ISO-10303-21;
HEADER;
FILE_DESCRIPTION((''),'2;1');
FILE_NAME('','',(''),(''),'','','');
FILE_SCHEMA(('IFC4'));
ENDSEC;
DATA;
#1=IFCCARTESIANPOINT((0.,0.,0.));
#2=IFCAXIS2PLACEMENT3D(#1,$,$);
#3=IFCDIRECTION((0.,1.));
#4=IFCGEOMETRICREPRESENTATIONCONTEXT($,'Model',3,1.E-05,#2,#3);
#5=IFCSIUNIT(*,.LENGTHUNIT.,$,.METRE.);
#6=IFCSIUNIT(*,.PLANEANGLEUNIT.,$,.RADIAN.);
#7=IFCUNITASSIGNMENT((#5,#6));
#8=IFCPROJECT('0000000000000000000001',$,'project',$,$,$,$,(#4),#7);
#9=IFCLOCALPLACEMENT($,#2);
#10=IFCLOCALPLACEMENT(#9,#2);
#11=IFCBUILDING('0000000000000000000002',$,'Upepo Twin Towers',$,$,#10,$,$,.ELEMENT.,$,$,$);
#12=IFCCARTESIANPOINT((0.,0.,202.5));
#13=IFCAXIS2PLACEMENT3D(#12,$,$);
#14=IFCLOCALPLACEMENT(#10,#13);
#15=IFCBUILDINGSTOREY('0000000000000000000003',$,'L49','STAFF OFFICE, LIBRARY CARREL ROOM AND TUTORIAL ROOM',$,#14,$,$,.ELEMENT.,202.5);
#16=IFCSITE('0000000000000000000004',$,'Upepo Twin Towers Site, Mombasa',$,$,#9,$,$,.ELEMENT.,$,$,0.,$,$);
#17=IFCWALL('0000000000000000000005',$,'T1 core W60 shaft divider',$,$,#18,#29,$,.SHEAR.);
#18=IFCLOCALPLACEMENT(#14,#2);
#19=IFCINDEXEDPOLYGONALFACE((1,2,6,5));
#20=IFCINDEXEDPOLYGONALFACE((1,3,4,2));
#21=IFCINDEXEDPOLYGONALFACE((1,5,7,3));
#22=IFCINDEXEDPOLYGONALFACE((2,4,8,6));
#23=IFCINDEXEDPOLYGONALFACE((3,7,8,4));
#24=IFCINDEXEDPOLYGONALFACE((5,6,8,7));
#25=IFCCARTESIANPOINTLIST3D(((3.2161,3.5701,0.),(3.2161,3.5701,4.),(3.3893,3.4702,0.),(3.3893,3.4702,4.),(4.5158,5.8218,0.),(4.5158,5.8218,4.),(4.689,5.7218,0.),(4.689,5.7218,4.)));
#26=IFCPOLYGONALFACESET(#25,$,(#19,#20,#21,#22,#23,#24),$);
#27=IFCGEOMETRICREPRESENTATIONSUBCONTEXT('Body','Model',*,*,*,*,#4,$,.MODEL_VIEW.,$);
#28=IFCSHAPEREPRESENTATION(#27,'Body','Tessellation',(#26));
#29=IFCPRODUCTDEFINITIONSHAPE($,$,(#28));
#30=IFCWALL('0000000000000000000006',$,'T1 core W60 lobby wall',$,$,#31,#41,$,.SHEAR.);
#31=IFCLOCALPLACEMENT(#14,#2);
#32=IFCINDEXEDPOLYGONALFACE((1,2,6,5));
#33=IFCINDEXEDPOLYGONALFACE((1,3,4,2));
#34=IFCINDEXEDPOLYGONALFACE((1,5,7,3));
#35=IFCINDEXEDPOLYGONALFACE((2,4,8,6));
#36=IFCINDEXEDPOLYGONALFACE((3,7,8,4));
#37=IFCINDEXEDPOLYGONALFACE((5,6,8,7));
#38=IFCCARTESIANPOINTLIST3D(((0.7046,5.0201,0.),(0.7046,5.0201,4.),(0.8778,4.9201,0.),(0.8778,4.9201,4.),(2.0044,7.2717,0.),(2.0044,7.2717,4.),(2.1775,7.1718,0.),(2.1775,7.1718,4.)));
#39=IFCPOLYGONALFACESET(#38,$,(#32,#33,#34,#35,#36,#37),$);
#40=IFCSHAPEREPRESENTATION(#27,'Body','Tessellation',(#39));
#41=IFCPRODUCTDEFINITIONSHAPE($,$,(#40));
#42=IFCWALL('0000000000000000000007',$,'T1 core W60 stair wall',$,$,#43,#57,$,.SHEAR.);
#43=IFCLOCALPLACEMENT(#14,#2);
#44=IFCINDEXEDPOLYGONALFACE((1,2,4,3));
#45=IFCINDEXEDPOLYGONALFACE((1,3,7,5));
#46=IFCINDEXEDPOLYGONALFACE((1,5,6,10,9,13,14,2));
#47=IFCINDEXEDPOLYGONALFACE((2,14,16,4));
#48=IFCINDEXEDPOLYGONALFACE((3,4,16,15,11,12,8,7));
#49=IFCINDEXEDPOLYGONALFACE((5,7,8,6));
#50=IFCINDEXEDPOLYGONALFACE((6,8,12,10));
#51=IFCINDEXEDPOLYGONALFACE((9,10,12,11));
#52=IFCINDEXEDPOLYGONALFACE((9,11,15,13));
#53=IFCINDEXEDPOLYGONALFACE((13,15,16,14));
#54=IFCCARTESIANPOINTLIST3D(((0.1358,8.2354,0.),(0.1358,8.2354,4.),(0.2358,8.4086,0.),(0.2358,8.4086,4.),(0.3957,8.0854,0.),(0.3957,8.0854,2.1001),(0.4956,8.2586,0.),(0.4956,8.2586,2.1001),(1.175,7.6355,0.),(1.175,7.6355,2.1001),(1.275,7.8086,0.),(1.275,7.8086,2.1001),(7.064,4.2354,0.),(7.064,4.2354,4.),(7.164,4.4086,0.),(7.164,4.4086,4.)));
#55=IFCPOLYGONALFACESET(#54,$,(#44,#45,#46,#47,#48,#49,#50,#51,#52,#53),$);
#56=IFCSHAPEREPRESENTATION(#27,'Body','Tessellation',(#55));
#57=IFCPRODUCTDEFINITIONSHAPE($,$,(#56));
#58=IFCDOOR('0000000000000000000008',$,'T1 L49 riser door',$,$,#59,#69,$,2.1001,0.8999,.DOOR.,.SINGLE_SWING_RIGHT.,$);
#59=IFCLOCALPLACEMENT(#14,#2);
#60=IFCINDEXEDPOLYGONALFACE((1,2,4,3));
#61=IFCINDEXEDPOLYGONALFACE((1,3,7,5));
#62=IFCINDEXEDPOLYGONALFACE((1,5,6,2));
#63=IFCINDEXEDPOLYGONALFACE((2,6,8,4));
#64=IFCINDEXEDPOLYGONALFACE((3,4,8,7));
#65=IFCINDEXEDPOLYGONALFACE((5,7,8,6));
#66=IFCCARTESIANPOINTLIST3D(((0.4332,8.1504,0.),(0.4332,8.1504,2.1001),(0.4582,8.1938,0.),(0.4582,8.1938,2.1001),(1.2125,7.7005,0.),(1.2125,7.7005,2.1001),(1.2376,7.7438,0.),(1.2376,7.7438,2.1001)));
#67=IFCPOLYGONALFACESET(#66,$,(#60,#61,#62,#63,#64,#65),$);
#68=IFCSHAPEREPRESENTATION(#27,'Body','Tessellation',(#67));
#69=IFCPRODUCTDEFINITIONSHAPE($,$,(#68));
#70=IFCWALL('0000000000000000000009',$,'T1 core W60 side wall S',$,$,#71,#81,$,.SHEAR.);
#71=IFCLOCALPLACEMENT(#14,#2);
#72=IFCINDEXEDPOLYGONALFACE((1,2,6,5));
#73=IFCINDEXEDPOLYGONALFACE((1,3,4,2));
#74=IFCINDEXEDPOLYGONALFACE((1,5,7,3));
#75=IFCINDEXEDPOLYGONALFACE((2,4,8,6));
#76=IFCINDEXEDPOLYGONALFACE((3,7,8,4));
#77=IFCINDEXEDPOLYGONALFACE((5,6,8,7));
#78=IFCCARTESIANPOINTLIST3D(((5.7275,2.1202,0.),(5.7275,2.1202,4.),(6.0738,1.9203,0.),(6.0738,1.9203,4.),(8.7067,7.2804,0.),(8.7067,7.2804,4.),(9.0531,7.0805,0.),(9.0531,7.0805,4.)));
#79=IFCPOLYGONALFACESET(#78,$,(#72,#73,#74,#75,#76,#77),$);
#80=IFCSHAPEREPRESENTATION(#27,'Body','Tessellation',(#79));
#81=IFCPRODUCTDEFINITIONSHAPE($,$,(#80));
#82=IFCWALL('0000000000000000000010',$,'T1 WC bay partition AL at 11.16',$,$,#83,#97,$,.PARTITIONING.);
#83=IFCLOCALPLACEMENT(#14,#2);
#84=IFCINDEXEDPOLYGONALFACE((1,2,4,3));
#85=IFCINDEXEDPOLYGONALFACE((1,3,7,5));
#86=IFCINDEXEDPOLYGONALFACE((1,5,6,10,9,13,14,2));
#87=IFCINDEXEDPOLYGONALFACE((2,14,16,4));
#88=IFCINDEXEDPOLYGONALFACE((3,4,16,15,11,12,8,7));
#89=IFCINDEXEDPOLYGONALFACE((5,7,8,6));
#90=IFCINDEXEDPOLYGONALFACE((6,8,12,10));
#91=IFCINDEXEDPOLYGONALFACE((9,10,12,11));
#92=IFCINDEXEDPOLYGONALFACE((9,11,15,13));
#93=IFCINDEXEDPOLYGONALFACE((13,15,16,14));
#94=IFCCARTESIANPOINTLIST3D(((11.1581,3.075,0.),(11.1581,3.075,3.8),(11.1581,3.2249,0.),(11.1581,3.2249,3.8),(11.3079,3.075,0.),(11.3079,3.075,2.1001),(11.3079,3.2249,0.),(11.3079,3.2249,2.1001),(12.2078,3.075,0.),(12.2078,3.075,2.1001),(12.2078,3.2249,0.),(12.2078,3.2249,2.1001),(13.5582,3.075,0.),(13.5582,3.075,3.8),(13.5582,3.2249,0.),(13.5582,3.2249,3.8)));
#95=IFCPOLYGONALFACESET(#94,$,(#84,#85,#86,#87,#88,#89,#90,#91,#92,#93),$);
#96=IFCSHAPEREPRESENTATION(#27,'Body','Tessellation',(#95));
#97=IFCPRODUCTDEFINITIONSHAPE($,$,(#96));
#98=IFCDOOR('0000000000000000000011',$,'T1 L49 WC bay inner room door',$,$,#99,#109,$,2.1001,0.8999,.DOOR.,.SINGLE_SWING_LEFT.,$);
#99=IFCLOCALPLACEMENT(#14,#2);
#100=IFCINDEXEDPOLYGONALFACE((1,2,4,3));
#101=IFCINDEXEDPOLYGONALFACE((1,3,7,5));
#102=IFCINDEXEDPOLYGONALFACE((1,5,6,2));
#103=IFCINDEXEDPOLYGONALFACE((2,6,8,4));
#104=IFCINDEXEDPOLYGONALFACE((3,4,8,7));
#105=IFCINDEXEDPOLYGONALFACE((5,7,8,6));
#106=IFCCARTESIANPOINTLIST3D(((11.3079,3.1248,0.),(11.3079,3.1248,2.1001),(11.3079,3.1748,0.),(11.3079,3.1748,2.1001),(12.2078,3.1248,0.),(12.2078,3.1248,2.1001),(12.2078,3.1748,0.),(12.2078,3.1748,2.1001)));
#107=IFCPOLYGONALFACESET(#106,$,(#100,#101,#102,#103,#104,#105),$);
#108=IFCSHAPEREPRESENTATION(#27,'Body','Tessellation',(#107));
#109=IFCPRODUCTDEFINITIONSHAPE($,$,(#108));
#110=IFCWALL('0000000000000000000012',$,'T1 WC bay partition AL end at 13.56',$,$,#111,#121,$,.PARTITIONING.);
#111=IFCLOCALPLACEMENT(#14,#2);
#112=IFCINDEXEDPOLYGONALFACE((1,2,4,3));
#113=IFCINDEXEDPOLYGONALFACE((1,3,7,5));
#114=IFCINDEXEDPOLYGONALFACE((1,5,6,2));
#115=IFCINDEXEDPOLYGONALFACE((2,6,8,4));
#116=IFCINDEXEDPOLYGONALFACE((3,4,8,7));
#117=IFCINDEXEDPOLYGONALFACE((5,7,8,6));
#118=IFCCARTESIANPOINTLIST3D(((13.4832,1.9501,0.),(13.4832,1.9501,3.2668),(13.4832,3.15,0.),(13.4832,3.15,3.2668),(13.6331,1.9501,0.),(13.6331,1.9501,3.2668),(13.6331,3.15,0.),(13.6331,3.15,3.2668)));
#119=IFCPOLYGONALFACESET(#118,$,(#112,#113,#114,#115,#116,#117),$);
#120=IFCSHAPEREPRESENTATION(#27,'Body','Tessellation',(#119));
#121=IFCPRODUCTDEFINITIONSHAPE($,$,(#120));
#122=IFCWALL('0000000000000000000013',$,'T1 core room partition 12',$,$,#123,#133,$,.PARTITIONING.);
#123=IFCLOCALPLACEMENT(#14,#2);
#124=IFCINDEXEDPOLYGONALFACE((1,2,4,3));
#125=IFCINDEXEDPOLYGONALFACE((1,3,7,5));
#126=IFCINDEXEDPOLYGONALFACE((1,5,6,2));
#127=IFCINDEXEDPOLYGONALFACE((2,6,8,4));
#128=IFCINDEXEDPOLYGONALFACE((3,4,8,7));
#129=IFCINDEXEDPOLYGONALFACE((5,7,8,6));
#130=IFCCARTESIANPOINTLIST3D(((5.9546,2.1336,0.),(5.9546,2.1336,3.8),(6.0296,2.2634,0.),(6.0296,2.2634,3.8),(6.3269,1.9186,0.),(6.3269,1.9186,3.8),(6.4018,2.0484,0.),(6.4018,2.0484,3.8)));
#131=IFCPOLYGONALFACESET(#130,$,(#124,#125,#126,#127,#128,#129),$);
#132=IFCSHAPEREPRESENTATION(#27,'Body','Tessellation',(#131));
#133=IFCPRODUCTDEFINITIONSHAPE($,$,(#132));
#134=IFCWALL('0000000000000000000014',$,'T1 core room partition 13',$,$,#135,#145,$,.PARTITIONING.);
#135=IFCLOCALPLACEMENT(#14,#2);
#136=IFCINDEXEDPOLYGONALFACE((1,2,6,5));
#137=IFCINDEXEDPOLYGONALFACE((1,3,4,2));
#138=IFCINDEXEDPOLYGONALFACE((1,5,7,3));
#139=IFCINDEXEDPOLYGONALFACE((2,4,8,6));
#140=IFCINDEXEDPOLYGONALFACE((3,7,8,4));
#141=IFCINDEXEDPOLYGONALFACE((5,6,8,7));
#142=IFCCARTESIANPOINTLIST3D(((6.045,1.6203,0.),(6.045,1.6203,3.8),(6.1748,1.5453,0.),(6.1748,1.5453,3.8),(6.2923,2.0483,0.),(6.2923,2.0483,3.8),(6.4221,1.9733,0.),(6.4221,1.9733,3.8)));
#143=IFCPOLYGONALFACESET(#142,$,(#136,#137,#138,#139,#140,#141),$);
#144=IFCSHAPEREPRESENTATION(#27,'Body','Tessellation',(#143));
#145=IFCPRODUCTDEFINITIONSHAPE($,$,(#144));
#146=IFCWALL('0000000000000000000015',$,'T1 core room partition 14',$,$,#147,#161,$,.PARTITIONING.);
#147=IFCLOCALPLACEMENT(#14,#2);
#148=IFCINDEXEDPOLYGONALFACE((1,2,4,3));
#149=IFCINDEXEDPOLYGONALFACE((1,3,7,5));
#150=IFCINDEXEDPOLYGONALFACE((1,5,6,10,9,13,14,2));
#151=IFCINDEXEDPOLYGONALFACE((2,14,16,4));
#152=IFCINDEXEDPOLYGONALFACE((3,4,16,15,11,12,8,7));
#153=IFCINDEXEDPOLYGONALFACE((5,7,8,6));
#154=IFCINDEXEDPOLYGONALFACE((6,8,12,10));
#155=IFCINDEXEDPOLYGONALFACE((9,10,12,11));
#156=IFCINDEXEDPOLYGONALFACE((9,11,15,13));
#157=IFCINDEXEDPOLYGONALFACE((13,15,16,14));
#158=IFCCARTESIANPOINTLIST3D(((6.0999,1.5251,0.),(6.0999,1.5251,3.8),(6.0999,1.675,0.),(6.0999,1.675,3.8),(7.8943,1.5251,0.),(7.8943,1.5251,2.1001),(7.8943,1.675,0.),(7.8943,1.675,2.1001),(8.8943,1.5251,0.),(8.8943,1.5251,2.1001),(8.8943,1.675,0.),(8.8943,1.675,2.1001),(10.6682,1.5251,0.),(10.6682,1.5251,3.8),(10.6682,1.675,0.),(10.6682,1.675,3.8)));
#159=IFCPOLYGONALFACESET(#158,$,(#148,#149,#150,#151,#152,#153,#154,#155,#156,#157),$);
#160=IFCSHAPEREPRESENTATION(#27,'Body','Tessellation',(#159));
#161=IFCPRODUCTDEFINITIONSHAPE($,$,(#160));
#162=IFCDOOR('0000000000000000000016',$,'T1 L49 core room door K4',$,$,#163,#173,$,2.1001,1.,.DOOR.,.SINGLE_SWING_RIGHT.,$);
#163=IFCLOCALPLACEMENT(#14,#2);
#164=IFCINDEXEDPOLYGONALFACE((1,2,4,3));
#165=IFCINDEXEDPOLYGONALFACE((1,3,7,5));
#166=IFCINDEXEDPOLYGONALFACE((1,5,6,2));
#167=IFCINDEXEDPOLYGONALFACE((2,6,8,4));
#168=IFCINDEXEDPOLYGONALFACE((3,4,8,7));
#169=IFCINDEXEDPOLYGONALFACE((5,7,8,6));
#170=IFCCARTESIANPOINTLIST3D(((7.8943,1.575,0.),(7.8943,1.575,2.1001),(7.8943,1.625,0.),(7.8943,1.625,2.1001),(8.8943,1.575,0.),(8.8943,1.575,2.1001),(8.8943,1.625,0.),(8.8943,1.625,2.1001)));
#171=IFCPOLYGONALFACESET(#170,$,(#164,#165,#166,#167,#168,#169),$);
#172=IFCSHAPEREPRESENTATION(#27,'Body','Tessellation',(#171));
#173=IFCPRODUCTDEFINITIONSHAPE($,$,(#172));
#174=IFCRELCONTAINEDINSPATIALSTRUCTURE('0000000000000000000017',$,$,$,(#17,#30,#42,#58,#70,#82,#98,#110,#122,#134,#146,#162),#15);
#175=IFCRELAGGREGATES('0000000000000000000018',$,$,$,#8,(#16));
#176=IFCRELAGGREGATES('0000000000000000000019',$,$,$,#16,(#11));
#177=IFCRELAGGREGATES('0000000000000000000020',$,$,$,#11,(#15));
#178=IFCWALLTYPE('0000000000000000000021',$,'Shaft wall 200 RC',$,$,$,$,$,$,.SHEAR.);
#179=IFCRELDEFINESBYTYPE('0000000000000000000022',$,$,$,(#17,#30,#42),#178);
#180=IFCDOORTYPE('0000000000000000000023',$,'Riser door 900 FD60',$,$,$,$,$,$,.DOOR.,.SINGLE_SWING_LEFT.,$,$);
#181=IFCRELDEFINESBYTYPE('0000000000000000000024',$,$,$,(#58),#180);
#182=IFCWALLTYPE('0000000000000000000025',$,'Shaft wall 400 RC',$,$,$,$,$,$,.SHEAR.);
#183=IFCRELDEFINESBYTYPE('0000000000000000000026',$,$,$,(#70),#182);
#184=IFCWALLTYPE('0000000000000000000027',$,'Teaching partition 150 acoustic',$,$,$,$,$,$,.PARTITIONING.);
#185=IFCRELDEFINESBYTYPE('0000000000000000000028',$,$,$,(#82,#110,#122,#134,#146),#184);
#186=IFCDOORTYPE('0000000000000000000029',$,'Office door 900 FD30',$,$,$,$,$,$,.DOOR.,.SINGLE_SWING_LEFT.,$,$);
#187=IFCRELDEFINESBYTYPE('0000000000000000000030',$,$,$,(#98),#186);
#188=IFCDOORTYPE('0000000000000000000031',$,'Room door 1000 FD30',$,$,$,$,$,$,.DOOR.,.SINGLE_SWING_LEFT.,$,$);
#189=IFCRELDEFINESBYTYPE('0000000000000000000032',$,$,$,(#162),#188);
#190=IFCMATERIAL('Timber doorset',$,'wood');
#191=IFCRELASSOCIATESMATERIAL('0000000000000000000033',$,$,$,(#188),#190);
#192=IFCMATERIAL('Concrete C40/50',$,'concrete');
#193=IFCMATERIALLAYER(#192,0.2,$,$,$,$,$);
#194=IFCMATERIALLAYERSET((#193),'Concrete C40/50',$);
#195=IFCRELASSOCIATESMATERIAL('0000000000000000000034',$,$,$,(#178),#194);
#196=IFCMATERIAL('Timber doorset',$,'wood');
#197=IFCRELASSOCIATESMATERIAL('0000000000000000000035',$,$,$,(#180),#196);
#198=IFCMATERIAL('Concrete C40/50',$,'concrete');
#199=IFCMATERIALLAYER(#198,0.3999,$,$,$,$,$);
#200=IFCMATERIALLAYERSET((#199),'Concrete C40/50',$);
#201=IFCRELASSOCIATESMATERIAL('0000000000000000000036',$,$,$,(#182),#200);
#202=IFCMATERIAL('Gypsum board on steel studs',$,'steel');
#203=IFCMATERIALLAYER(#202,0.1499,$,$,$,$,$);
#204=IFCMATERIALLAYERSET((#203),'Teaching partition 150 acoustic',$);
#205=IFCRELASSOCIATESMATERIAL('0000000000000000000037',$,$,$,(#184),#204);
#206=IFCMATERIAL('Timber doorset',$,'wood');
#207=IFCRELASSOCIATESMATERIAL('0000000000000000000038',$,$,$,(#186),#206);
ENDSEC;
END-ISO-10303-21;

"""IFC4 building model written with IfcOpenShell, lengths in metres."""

from ifc_helpers import new_model, si_unit, direction, frame, frame_2d, origin, place, context, subcontext, project, spatial, rectangle, extrude, material, layer, layer_set, type_object, element, fill, save


model = new_model("IFC4")

# Units and contexts
model_context = context("Model", 3, precision=1e-05, world=origin(), true_north=direction((0.0, 1.0)))
body_context = subcontext(model_context, "Body", "Model", "MODEL_VIEW")
ifc_project = project(units=[si_unit("LENGTHUNIT", "METRE"), si_unit("PLANEANGLEUNIT", "RADIAN")], contexts=[model_context])

# Site, building, storey
site_placement = place(None, origin())
site = spatial("IfcSite", under=ifc_project, at=site_placement, Name="Upepo Twin Towers Site, Mombasa", CompositionType="ELEMENT", RefElevation=0.0)
building_placement = place(site_placement, origin())
building = spatial("IfcBuilding", under=site, at=building_placement, Name="Upepo Twin Towers", CompositionType="ELEMENT")
storey_placement = place(building_placement, frame((0.0, 0.0, 202.5)))
storey = spatial("IfcBuildingStorey", under=building, at=storey_placement, Name="L49", Description="STAFF OFFICE, LIBRARY CARREL ROOM AND TUTORIAL ROOM", CompositionType="ELEMENT", Elevation=202.5)

# Shared definitions
ifc_material_1 = material(Name="Timber doorset", Category="wood")
door_type_1 = type_object("IfcDoorType", Name="Room door 1000 FD30", OperationType="SINGLE_SWING_LEFT", PredefinedType="DOOR", material=ifc_material_1)

# Shared definitions
ifc_material_2 = material(Name="Concrete C40/50", Category="concrete")
ifc_layer_1 = layer(ifc_material_2, 0.2)
ifc_layer_set_1 = layer_set([ifc_layer_1], Name="Concrete C40/50")
wall_type_1 = type_object("IfcWallType", Name="Shaft wall 200 RC", PredefinedType="SHEAR", material=ifc_layer_set_1)

# Walls
for number, where, z_axis, x_axis, name in (
    (1, (3.3027, 3.5203, 0.0), (0.0, 0.0, 1.0), (0.499937, 0.866062, 0.0), "T1 core W60 shaft divider"),
    (2, (0.7913, 4.9702, 0.0), (0.0, 0.0, 1.0), (0.499937, 0.866062, 0.0), "T1 core W60 lobby wall"),
):
    element("IfcWall", number, at=place(storey_placement, frame(where, z_axis=z_axis, x_axis=x_axis)), inside=storey, type_object=wall_type_1, Name=name, PredefinedType="SHEAR", context=body_context, shape_type="SweptSolid", body=[
        extrude(rectangle(XDim=2.5999, YDim=0.2, at=frame_2d((1.2998, 0.0))), origin(), (0.0, 0.0, 1.0), 4.0),
    ])

# Wall, opening, door
wall_1_placement = place(storey_placement, frame((7.114, 4.322, 0.0), z_axis=(0.0, 0.0, 1.0), x_axis=(-0.866026, 0.499999, 0.0)))
wall_1 = element("IfcWall", 3, at=wall_1_placement, inside=storey, type_object=wall_type_1, Name="T1 core W60 stair wall", PredefinedType="SHEAR", context=body_context, shape_type="SweptSolid", body=[
    extrude(rectangle(XDim=8.0, YDim=0.2, at=frame_2d((4.0, 0.0))), origin(), (0.0, 0.0, 1.0), 4.0),
])
opening_1_placement = place(wall_1_placement, frame((6.8, 0.0, 0.0)))
opening_1 = element("IfcOpeningElement", 4, at=opening_1_placement, cuts=wall_1, PredefinedType="OPENING", context=body_context, shape_type="SweptSolid", body=[
    extrude(rectangle(XDim=0.8999, YDim=2.1001, at=frame_2d((0.45, 1.05))), frame((0.0, 0.1099, 0.0), z_axis=(0.0, -1.0, 0.0), x_axis=(1.0, 0.0, 0.0)), (0.0, 0.0, 1.0), 0.22),
])
ifc_material_3 = material(Name="Timber doorset", Category="wood")
door_type_2 = type_object("IfcDoorType", Name="Riser door 900 FD60", OperationType="SINGLE_SWING_LEFT", PredefinedType="DOOR", material=ifc_material_3)
door_1_placement = place(opening_1_placement, origin())
door_1 = element("IfcDoor", 5, at=door_1_placement, inside=storey, type_object=door_type_2, Name="T1 L49 riser door", OperationType="SINGLE_SWING_RIGHT", OverallHeight=2.1001, OverallWidth=0.8999, PredefinedType="DOOR", context=body_context, shape_type="SweptSolid", body=[
    extrude(rectangle(XDim=0.8999, YDim=2.1001, at=frame_2d((0.45, 1.05))), frame((0.0, 0.0249, 0.0), z_axis=(0.0, -1.0, 0.0), x_axis=(1.0, 0.0, 0.0)), (0.0, 0.0, 1.0), 0.05),
])
fill(opening_1, door_1)

# Wall
ifc_material_4 = material(Name="Concrete C40/50", Category="concrete")
ifc_layer_2 = layer(ifc_material_4, 0.3999)
ifc_layer_set_2 = layer_set([ifc_layer_2], Name="Concrete C40/50")
wall_type_2 = type_object("IfcWallType", Name="Shaft wall 400 RC", PredefinedType="SHEAR", material=ifc_layer_set_2)
wall_2_placement = place(storey_placement, frame((5.9006, 2.0203, 0.0), z_axis=(0.0, 0.0, 1.0), x_axis=(0.500004, 0.866023, 0.0)))
element("IfcWall", 6, at=wall_2_placement, inside=storey, type_object=wall_type_2, Name="T1 core W60 side wall S", PredefinedType="SHEAR", context=body_context, shape_type="SweptSolid", body=[
    extrude(rectangle(XDim=5.9585, YDim=0.3999, at=frame_2d((2.9792, 0.0))), origin(), (0.0, 0.0, 1.0), 4.0),
])

# Wall, opening, door
ifc_material_5 = material(Name="Gypsum board on steel studs", Category="steel")
ifc_layer_3 = layer(ifc_material_5, 0.1499)
ifc_layer_set_3 = layer_set([ifc_layer_3], Name="Teaching partition 150 acoustic")
wall_type_3 = type_object("IfcWallType", Name="Teaching partition 150 acoustic", PredefinedType="PARTITIONING", material=ifc_layer_set_3)
wall_3_placement = place(storey_placement, frame((11.158, 3.1499, 0.0), z_axis=(0.0, 0.0, 1.0), x_axis=(1.0, 0.0, 0.0)))
wall_3 = element("IfcWall", 7, at=wall_3_placement, inside=storey, type_object=wall_type_3, Name="T1 WC bay partition AL at 11.16", PredefinedType="PARTITIONING", context=body_context, shape_type="SweptSolid", body=[
    extrude(rectangle(XDim=2.4001, YDim=0.1499, at=frame_2d((1.2002, 0.0))), origin(), (0.0, 0.0, 1.0), 3.8),
])
opening_2_placement = place(wall_3_placement, frame((0.1499, 0.0, 0.0)))
opening_2 = element("IfcOpeningElement", 8, at=opening_2_placement, cuts=wall_3, PredefinedType="OPENING", context=body_context, shape_type="SweptSolid", body=[
    extrude(rectangle(XDim=0.8999, YDim=2.1001, at=frame_2d((0.45, 1.05))), frame((0.0, 0.085, 0.0), z_axis=(0.0, -1.0, 0.0), x_axis=(1.0, 0.0, 0.0)), (0.0, 0.0, 1.0), 0.1699),
])
ifc_material_6 = material(Name="Timber doorset", Category="wood")
door_type_3 = type_object("IfcDoorType", Name="Office door 900 FD30", OperationType="SINGLE_SWING_LEFT", PredefinedType="DOOR", material=ifc_material_6)
door_2_placement = place(opening_2_placement, origin())
door_2 = element("IfcDoor", 9, at=door_2_placement, inside=storey, type_object=door_type_3, Name="T1 L49 WC bay inner room door", OperationType="SINGLE_SWING_LEFT", OverallHeight=2.1001, OverallWidth=0.8999, PredefinedType="DOOR", context=body_context, shape_type="SweptSolid", body=[
    extrude(rectangle(XDim=0.8999, YDim=2.1001, at=frame_2d((0.45, 1.05))), frame((0.0, 0.0249, 0.0), z_axis=(0.0, -1.0, 0.0), x_axis=(1.0, 0.0, 0.0)), (0.0, 0.0, 1.0), 0.05),
])
fill(opening_2, door_2)

# Walls
wall_4_placement = place(storey_placement, frame((13.5581, 1.95, 0.0), z_axis=(0.0, 0.0, 1.0), x_axis=(0.0, 1.0, 0.0)))
element("IfcWall", 10, at=wall_4_placement, inside=storey, type_object=wall_type_3, Name="T1 WC bay partition AL end at 13.56", PredefinedType="PARTITIONING", context=body_context, shape_type="SweptSolid", body=[
    extrude(rectangle(XDim=1.2, YDim=0.1499, at=frame_2d((0.6001, 0.0))), origin(), (0.0, 0.0, 1.0), 3.2668),
])
wall_5_placement = place(storey_placement, frame((5.9922, 2.1985, 0.0), z_axis=(0.0, 0.0, 1.0), x_axis=(0.865892, -0.50023, 0.0)))
element("IfcWall", 11, at=wall_5_placement, inside=storey, type_object=wall_type_3, Name="T1 core room partition 12", PredefinedType="PARTITIONING", context=body_context, shape_type="SweptSolid", body=[
    extrude(rectangle(XDim=0.4299, YDim=0.1499, at=frame_2d((0.2148, 0.0))), origin(), (0.0, 0.0, 1.0), 3.8),
])
wall_6_placement = place(storey_placement, frame((6.3572, 2.0107, 0.0), z_axis=(0.0, 0.0, 1.0), x_axis=(-0.500335, -0.865832, 0.0)))
element("IfcWall", 12, at=wall_6_placement, inside=storey, type_object=wall_type_3, Name="T1 core room partition 13", PredefinedType="PARTITIONING", context=body_context, shape_type="SweptSolid", body=[
    extrude(rectangle(XDim=0.4944, YDim=0.1499, at=frame_2d((0.2471, 0.0))), origin(), (0.0, 0.0, 1.0), 3.8),
])

# Wall, opening, door
wall_7_placement = place(storey_placement, frame((6.0999, 1.6001, 0.0), z_axis=(0.0, 0.0, 1.0), x_axis=(1.0, 0.0, 0.0)))
wall_7 = element("IfcWall", 13, at=wall_7_placement, inside=storey, type_object=wall_type_3, Name="T1 core room partition 14", PredefinedType="PARTITIONING", context=body_context, shape_type="SweptSolid", body=[
    extrude(rectangle(XDim=4.5684, YDim=0.1499, at=frame_2d((2.2842, 0.0))), origin(), (0.0, 0.0, 1.0), 3.8),
])
opening_3_placement = place(wall_7_placement, frame((1.7944, 0.0, 0.0)))
opening_3 = element("IfcOpeningElement", 14, at=opening_3_placement, cuts=wall_7, PredefinedType="OPENING", context=body_context, shape_type="SweptSolid", body=[
    extrude(rectangle(XDim=1.0, YDim=2.1001, at=frame_2d((0.5, 1.05))), frame((0.0, 0.085, 0.0), z_axis=(0.0, -1.0, 0.0), x_axis=(1.0, 0.0, 0.0)), (0.0, 0.0, 1.0), 0.1699),
])
door_3_placement = place(opening_3_placement, origin())
door_3 = element("IfcDoor", 15, at=door_3_placement, inside=storey, type_object=door_type_1, Name="T1 L49 core room door K4", OperationType="SINGLE_SWING_RIGHT", OverallHeight=2.1001, OverallWidth=1.0, PredefinedType="DOOR", context=body_context, shape_type="SweptSolid", body=[
    extrude(rectangle(XDim=1.0, YDim=2.1001, at=frame_2d((0.5, 1.05))), frame((0.0, 0.0249, 0.0), z_axis=(0.0, -1.0, 0.0), x_axis=(1.0, 0.0, 0.0)), (0.0, 0.0, 1.0), 0.05),
])
fill(opening_3, door_3)

save(model, "model.ifc")
